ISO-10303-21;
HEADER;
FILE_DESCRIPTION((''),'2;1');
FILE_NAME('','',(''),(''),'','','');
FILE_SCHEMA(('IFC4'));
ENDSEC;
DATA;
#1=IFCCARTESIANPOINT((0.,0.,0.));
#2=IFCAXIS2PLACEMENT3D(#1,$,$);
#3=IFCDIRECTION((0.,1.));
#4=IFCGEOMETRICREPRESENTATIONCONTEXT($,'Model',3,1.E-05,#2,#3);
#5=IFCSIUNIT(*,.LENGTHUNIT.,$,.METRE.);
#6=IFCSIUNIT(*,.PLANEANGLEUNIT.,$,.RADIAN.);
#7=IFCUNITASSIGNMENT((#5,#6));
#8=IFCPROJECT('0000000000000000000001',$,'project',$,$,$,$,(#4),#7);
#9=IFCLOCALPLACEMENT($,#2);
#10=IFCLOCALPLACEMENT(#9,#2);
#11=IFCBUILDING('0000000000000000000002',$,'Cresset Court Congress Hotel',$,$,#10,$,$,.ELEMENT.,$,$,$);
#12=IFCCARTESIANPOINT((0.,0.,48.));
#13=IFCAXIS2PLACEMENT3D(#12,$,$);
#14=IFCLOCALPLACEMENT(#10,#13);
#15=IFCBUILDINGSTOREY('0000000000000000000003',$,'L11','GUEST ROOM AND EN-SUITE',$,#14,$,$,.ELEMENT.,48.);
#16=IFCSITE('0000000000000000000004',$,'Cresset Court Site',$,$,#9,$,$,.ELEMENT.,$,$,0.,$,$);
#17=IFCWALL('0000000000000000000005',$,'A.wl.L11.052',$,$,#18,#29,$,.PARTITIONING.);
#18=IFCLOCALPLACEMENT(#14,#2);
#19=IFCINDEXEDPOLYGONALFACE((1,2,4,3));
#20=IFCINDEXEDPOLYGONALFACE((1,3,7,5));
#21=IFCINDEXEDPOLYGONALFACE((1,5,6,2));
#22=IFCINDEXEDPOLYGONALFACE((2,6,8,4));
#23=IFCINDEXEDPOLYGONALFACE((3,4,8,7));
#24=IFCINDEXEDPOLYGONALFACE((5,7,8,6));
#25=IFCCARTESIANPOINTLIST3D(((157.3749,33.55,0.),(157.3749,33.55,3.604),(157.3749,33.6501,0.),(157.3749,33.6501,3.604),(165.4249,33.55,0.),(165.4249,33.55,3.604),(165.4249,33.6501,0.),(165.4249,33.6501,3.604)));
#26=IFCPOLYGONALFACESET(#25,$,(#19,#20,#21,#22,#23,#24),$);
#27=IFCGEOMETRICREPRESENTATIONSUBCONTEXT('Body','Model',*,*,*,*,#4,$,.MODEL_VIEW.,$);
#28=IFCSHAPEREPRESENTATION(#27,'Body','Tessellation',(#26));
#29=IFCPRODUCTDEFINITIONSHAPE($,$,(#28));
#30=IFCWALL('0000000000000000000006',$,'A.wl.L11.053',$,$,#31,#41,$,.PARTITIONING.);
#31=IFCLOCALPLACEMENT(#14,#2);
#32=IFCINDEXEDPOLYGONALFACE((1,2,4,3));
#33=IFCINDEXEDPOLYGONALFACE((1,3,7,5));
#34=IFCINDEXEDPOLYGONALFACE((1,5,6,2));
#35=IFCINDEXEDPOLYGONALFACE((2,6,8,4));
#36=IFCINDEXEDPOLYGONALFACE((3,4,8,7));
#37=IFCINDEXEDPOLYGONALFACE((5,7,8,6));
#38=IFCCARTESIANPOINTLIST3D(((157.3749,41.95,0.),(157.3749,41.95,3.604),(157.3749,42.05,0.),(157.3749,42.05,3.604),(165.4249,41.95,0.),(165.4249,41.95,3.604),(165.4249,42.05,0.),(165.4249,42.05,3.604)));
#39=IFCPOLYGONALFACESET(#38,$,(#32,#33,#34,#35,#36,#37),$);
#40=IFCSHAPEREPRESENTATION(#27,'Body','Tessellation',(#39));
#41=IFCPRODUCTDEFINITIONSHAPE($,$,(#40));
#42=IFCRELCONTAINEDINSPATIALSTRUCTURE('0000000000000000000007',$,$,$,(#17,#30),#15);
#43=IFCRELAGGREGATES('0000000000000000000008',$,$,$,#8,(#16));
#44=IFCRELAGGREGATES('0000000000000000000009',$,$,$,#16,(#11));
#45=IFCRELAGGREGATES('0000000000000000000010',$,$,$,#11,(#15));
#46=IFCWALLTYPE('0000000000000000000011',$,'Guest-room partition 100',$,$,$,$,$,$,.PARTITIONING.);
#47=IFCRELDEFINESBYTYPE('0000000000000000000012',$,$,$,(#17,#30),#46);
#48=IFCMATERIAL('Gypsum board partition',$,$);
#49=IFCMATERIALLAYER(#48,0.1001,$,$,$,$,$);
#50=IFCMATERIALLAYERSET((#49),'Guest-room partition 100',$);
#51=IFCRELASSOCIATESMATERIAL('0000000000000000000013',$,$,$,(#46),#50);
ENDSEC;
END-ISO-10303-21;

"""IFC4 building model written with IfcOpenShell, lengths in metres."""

from ifc_helpers import new_model, si_unit, direction, frame, frame_2d, origin, place, context, subcontext, project, spatial, rectangle, extrude, material, layer, layer_set, type_object, element, save


model = new_model("IFC4")

# Units and contexts
model_context = context("Model", 3, precision=1e-05, world=origin(), true_north=direction((0.0, 1.0)))
body_context = subcontext(model_context, "Body", "Model", "MODEL_VIEW")
ifc_project = project(units=[si_unit("LENGTHUNIT", "METRE"), si_unit("PLANEANGLEUNIT", "RADIAN")], contexts=[model_context])

# Site, building, storey
site_placement = place(None, origin())
site = spatial("IfcSite", under=ifc_project, at=site_placement, Name="Cresset Court Site", CompositionType="ELEMENT", RefElevation=0.0)
building_placement = place(site_placement, origin())
building = spatial("IfcBuilding", under=site, at=building_placement, Name="Cresset Court Congress Hotel", CompositionType="ELEMENT")
storey_placement = place(building_placement, frame((0.0, 0.0, 48.0)))
storey = spatial("IfcBuildingStorey", under=building, at=storey_placement, Name="L11", Description="GUEST ROOM AND EN-SUITE", CompositionType="ELEMENT", Elevation=48.0)

# Walls
ifc_material_1 = material(Name="Gypsum board partition")
ifc_layer_1 = layer(ifc_material_1, 0.1001)
ifc_layer_set_1 = layer_set([ifc_layer_1], Name="Guest-room partition 100")
wall_type_1 = type_object("IfcWallType", Name="Guest-room partition 100", PredefinedType="PARTITIONING", material=ifc_layer_set_1)
for number, where, z_axis, x_axis, name in (
    (1, (157.375, 33.6001, 0.0), (0.0, 0.0, 1.0), (1.0, 0.0, 0.0), "A.wl.L11.052"),
    (2, (157.375, 42.0, 0.0), (0.0, 0.0, 1.0), (1.0, 0.0, 0.0), "A.wl.L11.053"),
):
    element("IfcWall", number, at=place(storey_placement, frame(where, z_axis=z_axis, x_axis=x_axis)), inside=storey, type_object=wall_type_1, Name=name, PredefinedType="PARTITIONING", context=body_context, shape_type="SweptSolid", body=[
        extrude(rectangle(XDim=8.05, YDim=0.1001, at=frame_2d((4.0249, 0.0))), origin(), (0.0, 0.0, 1.0), 3.604),
    ])

save(model, "model.ifc")
